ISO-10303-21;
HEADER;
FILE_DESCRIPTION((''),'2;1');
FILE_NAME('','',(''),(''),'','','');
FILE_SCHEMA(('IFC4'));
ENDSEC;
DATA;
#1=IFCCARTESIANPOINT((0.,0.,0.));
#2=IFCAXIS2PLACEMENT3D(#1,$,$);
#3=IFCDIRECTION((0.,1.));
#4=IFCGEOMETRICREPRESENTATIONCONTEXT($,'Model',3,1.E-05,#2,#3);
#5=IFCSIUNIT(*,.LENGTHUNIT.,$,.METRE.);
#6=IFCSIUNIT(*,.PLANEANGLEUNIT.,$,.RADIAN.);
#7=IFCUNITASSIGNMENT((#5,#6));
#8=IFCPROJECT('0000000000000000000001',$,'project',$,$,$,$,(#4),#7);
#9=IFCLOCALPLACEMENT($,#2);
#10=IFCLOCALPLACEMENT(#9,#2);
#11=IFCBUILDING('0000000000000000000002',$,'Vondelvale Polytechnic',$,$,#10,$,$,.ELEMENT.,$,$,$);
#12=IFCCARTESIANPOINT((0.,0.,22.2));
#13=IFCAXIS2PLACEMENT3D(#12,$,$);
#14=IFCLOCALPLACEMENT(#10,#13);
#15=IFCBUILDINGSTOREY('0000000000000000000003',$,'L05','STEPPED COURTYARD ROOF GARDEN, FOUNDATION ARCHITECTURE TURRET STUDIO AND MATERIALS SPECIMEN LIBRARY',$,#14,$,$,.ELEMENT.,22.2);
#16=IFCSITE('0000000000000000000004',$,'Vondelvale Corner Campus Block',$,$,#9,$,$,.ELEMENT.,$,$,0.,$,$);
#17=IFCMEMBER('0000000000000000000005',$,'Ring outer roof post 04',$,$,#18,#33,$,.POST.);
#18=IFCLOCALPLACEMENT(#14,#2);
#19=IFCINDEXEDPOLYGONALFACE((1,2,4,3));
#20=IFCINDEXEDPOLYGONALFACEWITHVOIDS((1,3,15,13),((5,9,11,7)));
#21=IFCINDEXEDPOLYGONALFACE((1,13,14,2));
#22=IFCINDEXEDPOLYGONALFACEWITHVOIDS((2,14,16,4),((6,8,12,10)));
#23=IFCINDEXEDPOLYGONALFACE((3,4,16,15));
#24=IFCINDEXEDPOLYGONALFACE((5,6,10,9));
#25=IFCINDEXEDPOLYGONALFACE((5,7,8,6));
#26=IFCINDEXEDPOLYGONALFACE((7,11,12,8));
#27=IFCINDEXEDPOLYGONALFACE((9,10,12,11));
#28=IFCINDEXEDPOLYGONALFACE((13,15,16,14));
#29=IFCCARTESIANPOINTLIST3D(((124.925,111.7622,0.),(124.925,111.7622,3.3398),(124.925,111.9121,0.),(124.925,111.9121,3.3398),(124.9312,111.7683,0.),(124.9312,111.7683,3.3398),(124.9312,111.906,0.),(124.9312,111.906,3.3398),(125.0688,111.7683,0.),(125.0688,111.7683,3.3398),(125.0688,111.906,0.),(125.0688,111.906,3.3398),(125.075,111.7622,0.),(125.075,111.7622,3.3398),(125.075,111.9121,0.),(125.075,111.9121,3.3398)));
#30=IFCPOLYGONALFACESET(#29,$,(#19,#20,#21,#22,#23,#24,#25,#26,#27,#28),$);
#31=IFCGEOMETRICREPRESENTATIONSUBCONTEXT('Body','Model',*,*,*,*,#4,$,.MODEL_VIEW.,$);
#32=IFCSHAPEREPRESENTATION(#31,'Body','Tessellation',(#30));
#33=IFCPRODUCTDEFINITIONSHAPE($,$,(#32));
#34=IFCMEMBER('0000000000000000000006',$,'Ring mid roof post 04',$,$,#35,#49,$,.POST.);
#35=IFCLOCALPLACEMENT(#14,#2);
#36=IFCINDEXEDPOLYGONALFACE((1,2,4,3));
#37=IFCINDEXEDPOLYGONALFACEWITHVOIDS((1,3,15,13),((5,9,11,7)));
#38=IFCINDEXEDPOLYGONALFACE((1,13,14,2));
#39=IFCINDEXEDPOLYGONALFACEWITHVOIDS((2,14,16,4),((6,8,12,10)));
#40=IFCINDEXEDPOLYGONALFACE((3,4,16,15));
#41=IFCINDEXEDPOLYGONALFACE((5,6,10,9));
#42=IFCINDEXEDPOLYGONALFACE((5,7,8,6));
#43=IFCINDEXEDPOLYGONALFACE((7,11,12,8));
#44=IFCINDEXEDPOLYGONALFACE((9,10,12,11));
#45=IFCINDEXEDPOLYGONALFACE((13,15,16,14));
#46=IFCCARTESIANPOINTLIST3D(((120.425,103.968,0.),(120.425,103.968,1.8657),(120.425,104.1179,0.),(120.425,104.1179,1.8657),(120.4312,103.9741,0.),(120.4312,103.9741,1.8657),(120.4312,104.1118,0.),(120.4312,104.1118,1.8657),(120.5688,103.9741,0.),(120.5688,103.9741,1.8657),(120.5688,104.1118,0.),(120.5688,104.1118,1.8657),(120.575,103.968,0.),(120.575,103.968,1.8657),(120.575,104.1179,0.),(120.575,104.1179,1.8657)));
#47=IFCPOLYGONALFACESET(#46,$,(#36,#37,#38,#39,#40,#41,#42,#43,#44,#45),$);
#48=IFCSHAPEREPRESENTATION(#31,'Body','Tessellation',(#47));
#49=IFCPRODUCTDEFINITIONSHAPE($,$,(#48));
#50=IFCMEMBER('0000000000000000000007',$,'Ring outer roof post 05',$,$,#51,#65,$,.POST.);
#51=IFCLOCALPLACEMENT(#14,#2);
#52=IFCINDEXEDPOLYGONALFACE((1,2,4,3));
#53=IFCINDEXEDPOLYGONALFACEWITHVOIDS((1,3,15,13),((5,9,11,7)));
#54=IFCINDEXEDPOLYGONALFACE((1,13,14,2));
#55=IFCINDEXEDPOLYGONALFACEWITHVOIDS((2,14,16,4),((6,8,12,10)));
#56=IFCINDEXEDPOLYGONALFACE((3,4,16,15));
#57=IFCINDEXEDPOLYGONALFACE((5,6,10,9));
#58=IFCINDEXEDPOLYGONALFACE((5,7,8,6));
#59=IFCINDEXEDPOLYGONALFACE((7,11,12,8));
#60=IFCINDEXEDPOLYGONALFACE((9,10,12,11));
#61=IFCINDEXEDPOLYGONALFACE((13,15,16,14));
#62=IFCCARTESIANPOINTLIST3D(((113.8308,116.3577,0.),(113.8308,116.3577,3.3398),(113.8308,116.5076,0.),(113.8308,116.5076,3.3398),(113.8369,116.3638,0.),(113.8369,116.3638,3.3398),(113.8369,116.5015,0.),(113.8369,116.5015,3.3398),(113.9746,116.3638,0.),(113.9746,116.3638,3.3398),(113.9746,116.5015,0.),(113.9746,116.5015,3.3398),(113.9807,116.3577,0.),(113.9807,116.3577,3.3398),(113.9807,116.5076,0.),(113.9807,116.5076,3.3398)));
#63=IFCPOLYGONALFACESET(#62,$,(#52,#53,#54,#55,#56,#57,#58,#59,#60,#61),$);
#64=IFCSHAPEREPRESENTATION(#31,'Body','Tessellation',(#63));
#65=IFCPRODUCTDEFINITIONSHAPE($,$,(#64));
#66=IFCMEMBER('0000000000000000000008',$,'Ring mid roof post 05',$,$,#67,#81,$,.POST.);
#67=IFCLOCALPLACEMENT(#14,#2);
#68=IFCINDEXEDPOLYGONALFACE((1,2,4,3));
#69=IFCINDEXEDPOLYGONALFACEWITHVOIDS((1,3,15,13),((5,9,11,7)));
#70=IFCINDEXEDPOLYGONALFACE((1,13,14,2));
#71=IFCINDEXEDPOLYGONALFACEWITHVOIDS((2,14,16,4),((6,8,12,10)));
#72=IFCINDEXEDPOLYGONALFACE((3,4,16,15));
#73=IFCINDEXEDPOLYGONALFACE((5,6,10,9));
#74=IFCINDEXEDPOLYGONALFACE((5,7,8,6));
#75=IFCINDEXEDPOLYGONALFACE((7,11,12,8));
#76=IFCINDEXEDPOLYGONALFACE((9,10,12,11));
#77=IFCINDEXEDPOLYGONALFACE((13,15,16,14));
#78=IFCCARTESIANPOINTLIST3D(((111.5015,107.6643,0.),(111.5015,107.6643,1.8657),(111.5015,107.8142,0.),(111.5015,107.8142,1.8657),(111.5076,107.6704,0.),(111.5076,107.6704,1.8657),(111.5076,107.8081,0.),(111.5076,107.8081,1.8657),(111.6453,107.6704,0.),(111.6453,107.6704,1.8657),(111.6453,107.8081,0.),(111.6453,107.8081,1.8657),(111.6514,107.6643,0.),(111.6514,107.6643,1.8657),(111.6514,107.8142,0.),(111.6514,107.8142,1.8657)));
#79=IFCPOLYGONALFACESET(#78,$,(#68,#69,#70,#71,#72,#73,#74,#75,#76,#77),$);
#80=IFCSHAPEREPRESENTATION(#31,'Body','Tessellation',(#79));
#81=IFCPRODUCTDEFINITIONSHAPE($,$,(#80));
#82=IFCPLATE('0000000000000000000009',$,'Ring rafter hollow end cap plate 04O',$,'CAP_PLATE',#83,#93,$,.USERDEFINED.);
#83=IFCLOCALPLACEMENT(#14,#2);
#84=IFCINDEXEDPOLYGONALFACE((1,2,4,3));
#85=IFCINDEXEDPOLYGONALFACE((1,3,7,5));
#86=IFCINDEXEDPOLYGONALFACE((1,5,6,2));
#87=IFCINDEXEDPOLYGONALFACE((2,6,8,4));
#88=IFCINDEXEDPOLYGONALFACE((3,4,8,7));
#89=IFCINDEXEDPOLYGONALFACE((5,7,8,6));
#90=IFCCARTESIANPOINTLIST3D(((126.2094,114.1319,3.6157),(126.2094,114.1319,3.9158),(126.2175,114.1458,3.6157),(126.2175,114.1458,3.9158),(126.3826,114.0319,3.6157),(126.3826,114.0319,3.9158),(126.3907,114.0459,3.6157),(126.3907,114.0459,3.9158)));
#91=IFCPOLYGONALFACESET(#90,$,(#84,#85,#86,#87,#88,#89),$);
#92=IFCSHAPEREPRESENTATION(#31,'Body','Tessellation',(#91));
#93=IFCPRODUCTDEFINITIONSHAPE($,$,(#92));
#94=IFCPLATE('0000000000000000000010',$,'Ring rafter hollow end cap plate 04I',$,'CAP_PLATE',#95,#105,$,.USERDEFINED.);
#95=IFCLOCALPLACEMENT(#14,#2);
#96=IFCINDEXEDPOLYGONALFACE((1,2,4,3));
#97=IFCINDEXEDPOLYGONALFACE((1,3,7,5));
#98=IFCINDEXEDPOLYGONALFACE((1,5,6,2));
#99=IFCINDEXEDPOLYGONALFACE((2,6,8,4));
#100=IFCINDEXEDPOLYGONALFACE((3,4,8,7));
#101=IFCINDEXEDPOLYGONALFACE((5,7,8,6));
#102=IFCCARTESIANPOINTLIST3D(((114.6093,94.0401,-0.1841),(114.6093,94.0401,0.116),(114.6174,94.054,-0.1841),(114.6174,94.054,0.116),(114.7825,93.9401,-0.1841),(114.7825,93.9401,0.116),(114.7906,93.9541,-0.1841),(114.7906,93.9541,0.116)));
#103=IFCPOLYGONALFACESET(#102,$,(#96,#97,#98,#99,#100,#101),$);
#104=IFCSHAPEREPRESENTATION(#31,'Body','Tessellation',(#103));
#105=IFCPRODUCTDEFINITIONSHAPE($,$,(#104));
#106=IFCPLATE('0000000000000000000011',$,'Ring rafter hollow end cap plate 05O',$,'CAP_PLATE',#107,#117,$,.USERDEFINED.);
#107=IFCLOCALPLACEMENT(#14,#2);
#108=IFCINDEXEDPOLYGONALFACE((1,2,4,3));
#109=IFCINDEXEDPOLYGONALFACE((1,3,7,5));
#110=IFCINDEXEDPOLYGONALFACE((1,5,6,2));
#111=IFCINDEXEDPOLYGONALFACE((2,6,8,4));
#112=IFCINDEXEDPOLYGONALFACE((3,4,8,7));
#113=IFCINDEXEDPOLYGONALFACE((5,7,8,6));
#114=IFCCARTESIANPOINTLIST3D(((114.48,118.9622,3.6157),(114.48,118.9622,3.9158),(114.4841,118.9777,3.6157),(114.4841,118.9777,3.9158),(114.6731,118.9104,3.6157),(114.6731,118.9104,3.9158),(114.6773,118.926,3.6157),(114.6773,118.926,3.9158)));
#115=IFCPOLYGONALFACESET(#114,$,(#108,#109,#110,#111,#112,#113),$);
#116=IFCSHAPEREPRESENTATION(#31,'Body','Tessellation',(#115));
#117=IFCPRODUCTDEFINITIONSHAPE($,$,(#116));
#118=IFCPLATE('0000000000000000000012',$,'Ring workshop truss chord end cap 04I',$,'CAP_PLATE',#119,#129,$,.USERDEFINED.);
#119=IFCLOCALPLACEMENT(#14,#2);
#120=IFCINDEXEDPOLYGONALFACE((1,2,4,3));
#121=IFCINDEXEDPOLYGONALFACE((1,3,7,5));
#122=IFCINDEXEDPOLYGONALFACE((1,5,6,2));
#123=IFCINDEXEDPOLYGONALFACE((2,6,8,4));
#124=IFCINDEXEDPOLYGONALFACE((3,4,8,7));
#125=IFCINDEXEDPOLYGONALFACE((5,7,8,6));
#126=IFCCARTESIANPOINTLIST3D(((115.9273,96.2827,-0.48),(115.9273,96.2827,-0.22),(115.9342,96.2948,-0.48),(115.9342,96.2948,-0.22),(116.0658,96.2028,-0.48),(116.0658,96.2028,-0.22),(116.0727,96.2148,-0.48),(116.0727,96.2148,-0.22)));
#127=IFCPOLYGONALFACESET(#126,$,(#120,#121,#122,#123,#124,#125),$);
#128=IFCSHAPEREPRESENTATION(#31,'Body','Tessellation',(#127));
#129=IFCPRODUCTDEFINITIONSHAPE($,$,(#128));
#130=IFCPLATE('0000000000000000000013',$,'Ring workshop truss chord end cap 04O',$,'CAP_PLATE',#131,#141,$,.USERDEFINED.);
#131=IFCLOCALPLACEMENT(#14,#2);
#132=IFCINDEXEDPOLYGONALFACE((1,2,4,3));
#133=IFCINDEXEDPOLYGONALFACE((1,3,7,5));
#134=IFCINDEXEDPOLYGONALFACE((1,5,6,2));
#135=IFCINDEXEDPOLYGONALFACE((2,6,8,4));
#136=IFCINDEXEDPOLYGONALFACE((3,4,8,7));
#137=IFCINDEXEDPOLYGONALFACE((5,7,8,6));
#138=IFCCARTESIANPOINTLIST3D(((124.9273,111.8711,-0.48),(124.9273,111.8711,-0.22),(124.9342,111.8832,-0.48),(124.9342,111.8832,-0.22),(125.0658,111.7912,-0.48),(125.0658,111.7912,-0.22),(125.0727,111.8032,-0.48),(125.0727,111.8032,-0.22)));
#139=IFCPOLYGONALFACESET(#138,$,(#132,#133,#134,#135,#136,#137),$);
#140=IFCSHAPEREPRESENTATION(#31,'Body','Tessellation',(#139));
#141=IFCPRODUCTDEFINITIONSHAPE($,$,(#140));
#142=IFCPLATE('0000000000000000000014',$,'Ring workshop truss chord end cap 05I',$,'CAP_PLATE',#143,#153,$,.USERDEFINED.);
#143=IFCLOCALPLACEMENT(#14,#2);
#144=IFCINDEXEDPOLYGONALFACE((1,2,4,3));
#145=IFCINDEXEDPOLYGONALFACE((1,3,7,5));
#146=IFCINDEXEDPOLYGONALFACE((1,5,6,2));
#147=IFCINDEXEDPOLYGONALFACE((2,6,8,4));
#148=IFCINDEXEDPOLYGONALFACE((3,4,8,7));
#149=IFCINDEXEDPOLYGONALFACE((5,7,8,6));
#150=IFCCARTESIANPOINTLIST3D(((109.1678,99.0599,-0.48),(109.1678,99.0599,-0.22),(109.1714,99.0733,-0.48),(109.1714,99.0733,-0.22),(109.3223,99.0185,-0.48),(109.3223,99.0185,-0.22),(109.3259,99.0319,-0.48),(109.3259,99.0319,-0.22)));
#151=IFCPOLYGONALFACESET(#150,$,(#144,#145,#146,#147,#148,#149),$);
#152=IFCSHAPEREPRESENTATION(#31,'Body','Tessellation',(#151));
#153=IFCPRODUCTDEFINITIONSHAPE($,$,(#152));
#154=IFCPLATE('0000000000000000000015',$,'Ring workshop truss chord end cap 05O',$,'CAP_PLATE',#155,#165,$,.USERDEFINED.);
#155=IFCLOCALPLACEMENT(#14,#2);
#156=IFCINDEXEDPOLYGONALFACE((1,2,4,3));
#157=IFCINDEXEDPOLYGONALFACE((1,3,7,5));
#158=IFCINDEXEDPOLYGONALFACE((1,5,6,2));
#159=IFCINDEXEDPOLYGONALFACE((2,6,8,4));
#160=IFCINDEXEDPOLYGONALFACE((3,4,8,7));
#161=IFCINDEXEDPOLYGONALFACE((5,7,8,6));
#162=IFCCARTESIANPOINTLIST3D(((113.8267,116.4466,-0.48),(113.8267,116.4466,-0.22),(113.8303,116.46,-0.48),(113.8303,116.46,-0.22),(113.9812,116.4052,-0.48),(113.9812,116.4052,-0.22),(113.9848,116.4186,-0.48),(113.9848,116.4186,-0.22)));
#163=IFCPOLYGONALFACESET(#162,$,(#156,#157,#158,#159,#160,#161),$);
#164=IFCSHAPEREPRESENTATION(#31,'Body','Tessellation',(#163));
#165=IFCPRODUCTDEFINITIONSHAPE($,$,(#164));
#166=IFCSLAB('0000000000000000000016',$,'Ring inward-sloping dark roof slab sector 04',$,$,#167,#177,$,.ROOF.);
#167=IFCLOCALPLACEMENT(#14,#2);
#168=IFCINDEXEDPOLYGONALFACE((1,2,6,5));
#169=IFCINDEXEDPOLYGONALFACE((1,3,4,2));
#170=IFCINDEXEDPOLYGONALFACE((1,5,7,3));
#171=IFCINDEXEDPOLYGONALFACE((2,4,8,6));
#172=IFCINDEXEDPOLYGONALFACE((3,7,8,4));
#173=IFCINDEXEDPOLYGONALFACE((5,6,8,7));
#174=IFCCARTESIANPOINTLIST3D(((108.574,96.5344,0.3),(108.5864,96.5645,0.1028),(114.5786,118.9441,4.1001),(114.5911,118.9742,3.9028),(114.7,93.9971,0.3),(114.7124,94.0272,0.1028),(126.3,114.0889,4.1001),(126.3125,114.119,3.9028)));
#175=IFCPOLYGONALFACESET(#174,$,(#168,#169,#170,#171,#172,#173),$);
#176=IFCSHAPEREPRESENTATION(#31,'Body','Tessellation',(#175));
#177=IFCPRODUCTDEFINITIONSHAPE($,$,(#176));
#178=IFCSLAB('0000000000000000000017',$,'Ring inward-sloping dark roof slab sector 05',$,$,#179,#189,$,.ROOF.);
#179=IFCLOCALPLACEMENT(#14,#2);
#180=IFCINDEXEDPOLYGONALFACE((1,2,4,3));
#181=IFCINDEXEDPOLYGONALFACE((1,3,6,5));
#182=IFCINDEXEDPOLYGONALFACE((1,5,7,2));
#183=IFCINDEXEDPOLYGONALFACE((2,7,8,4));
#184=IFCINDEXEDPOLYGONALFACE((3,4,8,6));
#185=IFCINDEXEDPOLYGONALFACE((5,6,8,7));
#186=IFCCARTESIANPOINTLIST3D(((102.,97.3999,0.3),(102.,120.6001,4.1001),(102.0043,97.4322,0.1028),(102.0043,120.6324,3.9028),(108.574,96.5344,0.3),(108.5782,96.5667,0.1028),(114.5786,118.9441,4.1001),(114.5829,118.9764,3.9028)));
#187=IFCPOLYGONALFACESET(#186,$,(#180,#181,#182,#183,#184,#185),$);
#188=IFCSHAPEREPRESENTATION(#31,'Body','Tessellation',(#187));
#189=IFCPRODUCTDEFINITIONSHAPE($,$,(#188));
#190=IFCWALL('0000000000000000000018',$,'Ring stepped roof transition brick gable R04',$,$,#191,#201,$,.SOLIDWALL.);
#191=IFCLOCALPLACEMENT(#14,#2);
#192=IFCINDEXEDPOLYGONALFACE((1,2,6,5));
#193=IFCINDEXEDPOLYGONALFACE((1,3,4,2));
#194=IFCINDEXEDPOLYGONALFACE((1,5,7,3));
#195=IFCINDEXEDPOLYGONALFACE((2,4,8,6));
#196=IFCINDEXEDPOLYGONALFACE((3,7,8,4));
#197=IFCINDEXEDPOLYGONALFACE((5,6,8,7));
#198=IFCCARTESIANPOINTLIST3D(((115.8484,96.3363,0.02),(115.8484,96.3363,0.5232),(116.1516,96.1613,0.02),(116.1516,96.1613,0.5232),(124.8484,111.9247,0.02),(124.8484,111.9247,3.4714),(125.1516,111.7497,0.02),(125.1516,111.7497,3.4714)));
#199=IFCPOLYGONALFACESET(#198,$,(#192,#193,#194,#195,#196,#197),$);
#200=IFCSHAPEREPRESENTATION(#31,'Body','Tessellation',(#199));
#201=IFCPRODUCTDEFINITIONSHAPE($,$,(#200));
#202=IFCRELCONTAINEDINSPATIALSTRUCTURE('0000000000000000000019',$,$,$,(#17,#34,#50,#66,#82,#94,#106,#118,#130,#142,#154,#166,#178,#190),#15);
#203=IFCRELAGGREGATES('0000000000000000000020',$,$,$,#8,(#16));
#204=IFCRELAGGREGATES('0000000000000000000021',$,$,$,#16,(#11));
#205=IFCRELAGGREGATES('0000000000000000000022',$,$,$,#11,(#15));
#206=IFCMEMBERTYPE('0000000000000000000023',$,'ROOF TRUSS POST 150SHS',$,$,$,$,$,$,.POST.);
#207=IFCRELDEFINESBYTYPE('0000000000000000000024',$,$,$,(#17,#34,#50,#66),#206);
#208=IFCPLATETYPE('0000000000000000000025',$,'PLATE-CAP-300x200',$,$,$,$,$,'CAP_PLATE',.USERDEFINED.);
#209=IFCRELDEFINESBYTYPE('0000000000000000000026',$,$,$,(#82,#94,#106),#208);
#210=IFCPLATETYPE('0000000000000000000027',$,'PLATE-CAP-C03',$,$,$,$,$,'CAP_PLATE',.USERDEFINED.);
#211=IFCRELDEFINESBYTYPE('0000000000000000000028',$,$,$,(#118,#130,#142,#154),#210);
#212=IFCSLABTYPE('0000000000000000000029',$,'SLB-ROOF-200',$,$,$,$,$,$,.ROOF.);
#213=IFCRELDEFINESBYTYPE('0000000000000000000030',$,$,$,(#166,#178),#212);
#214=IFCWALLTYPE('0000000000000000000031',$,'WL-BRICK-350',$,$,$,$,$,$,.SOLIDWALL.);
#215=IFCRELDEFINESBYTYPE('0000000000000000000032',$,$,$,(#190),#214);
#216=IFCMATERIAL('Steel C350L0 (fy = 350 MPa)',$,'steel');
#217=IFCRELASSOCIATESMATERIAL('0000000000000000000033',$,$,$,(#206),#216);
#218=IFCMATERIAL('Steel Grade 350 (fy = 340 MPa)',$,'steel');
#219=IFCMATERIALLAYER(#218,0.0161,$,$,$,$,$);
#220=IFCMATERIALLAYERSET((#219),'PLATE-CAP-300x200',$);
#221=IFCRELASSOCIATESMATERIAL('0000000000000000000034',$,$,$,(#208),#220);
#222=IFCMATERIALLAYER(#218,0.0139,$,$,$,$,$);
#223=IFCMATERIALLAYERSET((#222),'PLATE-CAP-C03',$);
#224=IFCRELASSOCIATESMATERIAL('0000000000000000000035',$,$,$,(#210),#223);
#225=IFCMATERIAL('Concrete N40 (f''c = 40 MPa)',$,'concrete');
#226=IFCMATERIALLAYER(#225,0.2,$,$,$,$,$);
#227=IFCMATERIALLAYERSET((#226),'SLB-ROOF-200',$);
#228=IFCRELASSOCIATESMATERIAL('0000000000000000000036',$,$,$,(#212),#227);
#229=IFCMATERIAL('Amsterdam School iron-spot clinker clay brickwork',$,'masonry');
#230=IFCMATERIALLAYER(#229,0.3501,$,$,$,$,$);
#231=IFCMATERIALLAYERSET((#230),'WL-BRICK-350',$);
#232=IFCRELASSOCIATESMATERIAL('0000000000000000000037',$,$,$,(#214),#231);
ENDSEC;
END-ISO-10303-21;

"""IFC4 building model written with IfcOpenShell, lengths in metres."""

from ifc_helpers import new_model, si_unit, direction, frame, origin, origin_2d, place, context, subcontext, project, spatial, polyline, rectangle, hollow_rectangle, outline, extrude, material, layer, layer_set, material_profile, profile_set, type_object, element, save


model = new_model("IFC4")

# Units and contexts
model_context = context("Model", 3, precision=1e-05, world=origin(), true_north=direction((0.0, 1.0)))
body_context = subcontext(model_context, "Body", "Model", "MODEL_VIEW")
ifc_project = project(units=[si_unit("LENGTHUNIT", "METRE"), si_unit("PLANEANGLEUNIT", "RADIAN")], contexts=[model_context])

# Site, building, storey
site_placement = place(None, origin())
site = spatial("IfcSite", under=ifc_project, at=site_placement, Name="Vondelvale Corner Campus Block", CompositionType="ELEMENT", RefElevation=0.0)
building_placement = place(site_placement, origin())
building = spatial("IfcBuilding", under=site, at=building_placement, Name="Vondelvale Polytechnic", CompositionType="ELEMENT")
storey_placement = place(building_placement, frame((0.0, 0.0, 22.2)))
storey = spatial("IfcBuildingStorey", under=building, at=storey_placement, Name="L05", Description="STEPPED COURTYARD ROOF GARDEN, FOUNDATION ARCHITECTURE TURRET STUDIO AND MATERIALS SPECIMEN LIBRARY", CompositionType="ELEMENT", Elevation=22.2)

# Members
ifc_material_1 = material(Name="Steel C350L0 (fy = 350 MPa)", Category="steel")
ifc_material_profile_1 = material_profile(ifc_material_1, hollow_rectangle(XDim=0.1499, YDim=0.1499, WallThickness=0.0061, at=origin_2d()), Name="150x150x6.0SHS")
ifc_profile_set_1 = profile_set([ifc_material_profile_1], Name="Steel C350L0 (fy = 350 MPa)")
member_type_1 = type_object("IfcMemberType", Name="ROOF TRUSS POST 150SHS", PredefinedType="POST", material=ifc_profile_set_1)
member_1_placement = place(storey_placement, frame((125.0, 111.8372, 0.0), z_axis=(0.0, 0.0, 1.0), x_axis=(1.0, 0.0, 0.0)))
element("IfcMember", 1, at=member_1_placement, inside=storey, type_object=member_type_1, Name="Ring outer roof post 04", PredefinedType="POST", context=body_context, shape_type="SweptSolid", body=[
    extrude(hollow_rectangle(XDim=0.1499, YDim=0.1499, WallThickness=0.0061, at=origin_2d()), origin(), (0.0, 0.0, 1.0), 3.3398),
])
member_2_placement = place(storey_placement, frame((120.5, 104.043, 0.0), z_axis=(0.0, 0.0, 1.0), x_axis=(1.0, 0.0, 0.0)))
element("IfcMember", 2, at=member_2_placement, inside=storey, type_object=member_type_1, Name="Ring mid roof post 04", PredefinedType="POST", context=body_context, shape_type="SweptSolid", body=[
    extrude(hollow_rectangle(XDim=0.1499, YDim=0.1499, WallThickness=0.0061, at=origin_2d()), origin(), (0.0, 0.0, 1.0), 1.8657),
])
member_3_placement = place(storey_placement, frame((113.9058, 116.4326, 0.0), z_axis=(0.0, 0.0, 1.0), x_axis=(1.0, 0.0, 0.0)))
element("IfcMember", 3, at=member_3_placement, inside=storey, type_object=member_type_1, Name="Ring outer roof post 05", PredefinedType="POST", context=body_context, shape_type="SweptSolid", body=[
    extrude(hollow_rectangle(XDim=0.1499, YDim=0.1499, WallThickness=0.0061, at=origin_2d()), origin(), (0.0, 0.0, 1.0), 3.3398),
])
member_4_placement = place(storey_placement, frame((111.5764, 107.7393, 0.0), z_axis=(0.0, 0.0, 1.0), x_axis=(1.0, 0.0, 0.0)))
element("IfcMember", 4, at=member_4_placement, inside=storey, type_object=member_type_1, Name="Ring mid roof post 05", PredefinedType="POST", context=body_context, shape_type="SweptSolid", body=[
    extrude(hollow_rectangle(XDim=0.1499, YDim=0.1499, WallThickness=0.0061, at=origin_2d()), origin(), (0.0, 0.0, 1.0), 1.8657),
])

# Plates
ifc_material_2 = material(Name="Steel Grade 350 (fy = 340 MPa)", Category="steel")
ifc_layer_1 = layer(ifc_material_2, 0.0161)
ifc_layer_set_1 = layer_set([ifc_layer_1], Name="PLATE-CAP-300x200")
plate_type_1 = type_object("IfcPlateType", Name="PLATE-CAP-300x200", ElementType="CAP_PLATE", PredefinedType="USERDEFINED", material=ifc_layer_set_1)
for number, where, z_axis, x_axis, name in (
    (5, (126.3, 114.0889, 3.6157), (0.0, 0.0, 1.0), (-0.5, -0.866025, 0.0), "Ring rafter hollow end cap plate 04O"),
    (6, (114.7, 93.9971, -0.1841), (0.0, 0.0, 1.0), (-0.5, -0.866025, 0.0), "Ring rafter hollow end cap plate 04I"),
    (7, (114.5786, 118.9441, 3.6157), (0.0, 0.0, 1.0), (-0.258819, -0.965926, 0.0), "Ring rafter hollow end cap plate 05O"),
):
    element("IfcPlate", number, at=place(storey_placement, frame(where, z_axis=z_axis, x_axis=x_axis)), inside=storey, type_object=plate_type_1, Name=name, ObjectType="CAP_PLATE", PredefinedType="USERDEFINED", context=body_context, shape_type="SweptSolid", body=[
        extrude(rectangle(XDim=0.0161, YDim=0.2, at=origin_2d()), origin(), (0.0, 0.0, 1.0), 0.3),
    ])
ifc_layer_2 = layer(ifc_material_2, 0.0139)
ifc_layer_set_2 = layer_set([ifc_layer_2], Name="PLATE-CAP-C03")
plate_type_2 = type_object("IfcPlateType", Name="PLATE-CAP-C03", ElementType="CAP_PLATE", PredefinedType="USERDEFINED", material=ifc_layer_set_2)
for number, where, z_axis, x_axis, name in (
    (8, (116.0, 96.2488, -0.48), (0.0, 0.0, 1.0), (-0.5, -0.866025, 0.0), "Ring workshop truss chord end cap 04I"),
    (9, (125.0, 111.8372, -0.48), (0.0, 0.0, 1.0), (-0.5, -0.866025, 0.0), "Ring workshop truss chord end cap 04O"),
    (10, (109.2468, 99.0459, -0.48), (0.0, 0.0, 1.0), (-0.258819, -0.965926, 0.0), "Ring workshop truss chord end cap 05I"),
    (11, (113.9058, 116.4326, -0.48), (0.0, 0.0, 1.0), (-0.258819, -0.965926, 0.0), "Ring workshop truss chord end cap 05O"),
):
    element("IfcPlate", number, at=place(storey_placement, frame(where, z_axis=z_axis, x_axis=x_axis)), inside=storey, type_object=plate_type_2, Name=name, ObjectType="CAP_PLATE", PredefinedType="USERDEFINED", context=body_context, shape_type="SweptSolid", body=[
        extrude(rectangle(XDim=0.0139, YDim=0.1599, at=origin_2d()), origin(), (0.0, 0.0, 1.0), 0.26),
    ])

# Slabs
ifc_material_3 = material(Name="Concrete N40 (f'c = 40 MPa)", Category="concrete")
ifc_layer_3 = layer(ifc_material_3, 0.2)
ifc_layer_set_3 = layer_set([ifc_layer_3], Name="SLB-ROOF-200")
slab_type = type_object("IfcSlabType", Name="SLB-ROOF-200", PredefinedType="ROOF", material=ifc_layer_set_3)
slab_1_placement = place(storey_placement, frame((114.7, 93.9971, 0.3), z_axis=(-0.062376, -0.150591, 0.986626), x_axis=(0.493428, 0.854635, 0.16164)))
element("IfcSlab", 12, at=slab_1_placement, inside=storey, type_object=slab_type, Name="Ring inward-sloping dark roof slab sector 04", PredefinedType="ROOF", context=body_context, shape_type="SweptSolid", body=[
    extrude(outline(polyline([(0.0, 0.0), (23.5092, 0.0), (21.875, 12.5815), (-0.8542, 6.5754), (0.0, 0.0)])), origin(), (0.0, 0.0, -1.0), 0.2),
])
slab_2_placement = place(storey_placement, frame((108.574, 96.5344, 0.3), z_axis=(-0.021275, -0.161603, 0.986626), x_axis=(0.255415, 0.953224, 0.16164)))
element("IfcSlab", 13, at=slab_2_placement, inside=storey, type_object=slab_type, Name="Ring inward-sloping dark roof slab sector 05", PredefinedType="ROOF", context=body_context, shape_type="SweptSolid", body=[
    extrude(outline(polyline([(0.0, 0.0), (23.5093, 0.0), (21.8751, 12.5815), (-0.8541, 6.5755), (0.0, 0.0)])), origin(), (0.0, 0.0, -1.0), 0.2),
])

# Wall
ifc_material_4 = material(Name="Amsterdam School iron-spot clinker clay brickwork", Category="masonry")
ifc_layer_4 = layer(ifc_material_4, 0.3501)
ifc_layer_set_4 = layer_set([ifc_layer_4], Name="WL-BRICK-350")
wall_type_1 = type_object("IfcWallType", Name="WL-BRICK-350", PredefinedType="SOLIDWALL", material=ifc_layer_set_4)
wall_1_placement = place(storey_placement, frame((116.0, 96.2488, 0.02), z_axis=(0.0, 0.0, 1.0), x_axis=(0.500002, 0.866024, 0.0)))
element("IfcWall", 14, at=wall_1_placement, inside=storey, type_object=wall_type_1, Name="Ring stepped roof transition brick gable R04", PredefinedType="SOLIDWALL", context=body_context, shape_type="SweptSolid", body=[
    extrude(outline(polyline([(0.0, 0.0), (18.0, 0.0), (18.0, 3.4514), (0.0, 0.5032), (0.0, 0.0)])), frame((0.0, 0.175, 0.0), z_axis=(0.0, -1.0, 0.0), x_axis=(1.0, 0.0, 0.0)), (0.0, 0.0, 1.0), 0.3501),
])

save(model, "model.ifc")
